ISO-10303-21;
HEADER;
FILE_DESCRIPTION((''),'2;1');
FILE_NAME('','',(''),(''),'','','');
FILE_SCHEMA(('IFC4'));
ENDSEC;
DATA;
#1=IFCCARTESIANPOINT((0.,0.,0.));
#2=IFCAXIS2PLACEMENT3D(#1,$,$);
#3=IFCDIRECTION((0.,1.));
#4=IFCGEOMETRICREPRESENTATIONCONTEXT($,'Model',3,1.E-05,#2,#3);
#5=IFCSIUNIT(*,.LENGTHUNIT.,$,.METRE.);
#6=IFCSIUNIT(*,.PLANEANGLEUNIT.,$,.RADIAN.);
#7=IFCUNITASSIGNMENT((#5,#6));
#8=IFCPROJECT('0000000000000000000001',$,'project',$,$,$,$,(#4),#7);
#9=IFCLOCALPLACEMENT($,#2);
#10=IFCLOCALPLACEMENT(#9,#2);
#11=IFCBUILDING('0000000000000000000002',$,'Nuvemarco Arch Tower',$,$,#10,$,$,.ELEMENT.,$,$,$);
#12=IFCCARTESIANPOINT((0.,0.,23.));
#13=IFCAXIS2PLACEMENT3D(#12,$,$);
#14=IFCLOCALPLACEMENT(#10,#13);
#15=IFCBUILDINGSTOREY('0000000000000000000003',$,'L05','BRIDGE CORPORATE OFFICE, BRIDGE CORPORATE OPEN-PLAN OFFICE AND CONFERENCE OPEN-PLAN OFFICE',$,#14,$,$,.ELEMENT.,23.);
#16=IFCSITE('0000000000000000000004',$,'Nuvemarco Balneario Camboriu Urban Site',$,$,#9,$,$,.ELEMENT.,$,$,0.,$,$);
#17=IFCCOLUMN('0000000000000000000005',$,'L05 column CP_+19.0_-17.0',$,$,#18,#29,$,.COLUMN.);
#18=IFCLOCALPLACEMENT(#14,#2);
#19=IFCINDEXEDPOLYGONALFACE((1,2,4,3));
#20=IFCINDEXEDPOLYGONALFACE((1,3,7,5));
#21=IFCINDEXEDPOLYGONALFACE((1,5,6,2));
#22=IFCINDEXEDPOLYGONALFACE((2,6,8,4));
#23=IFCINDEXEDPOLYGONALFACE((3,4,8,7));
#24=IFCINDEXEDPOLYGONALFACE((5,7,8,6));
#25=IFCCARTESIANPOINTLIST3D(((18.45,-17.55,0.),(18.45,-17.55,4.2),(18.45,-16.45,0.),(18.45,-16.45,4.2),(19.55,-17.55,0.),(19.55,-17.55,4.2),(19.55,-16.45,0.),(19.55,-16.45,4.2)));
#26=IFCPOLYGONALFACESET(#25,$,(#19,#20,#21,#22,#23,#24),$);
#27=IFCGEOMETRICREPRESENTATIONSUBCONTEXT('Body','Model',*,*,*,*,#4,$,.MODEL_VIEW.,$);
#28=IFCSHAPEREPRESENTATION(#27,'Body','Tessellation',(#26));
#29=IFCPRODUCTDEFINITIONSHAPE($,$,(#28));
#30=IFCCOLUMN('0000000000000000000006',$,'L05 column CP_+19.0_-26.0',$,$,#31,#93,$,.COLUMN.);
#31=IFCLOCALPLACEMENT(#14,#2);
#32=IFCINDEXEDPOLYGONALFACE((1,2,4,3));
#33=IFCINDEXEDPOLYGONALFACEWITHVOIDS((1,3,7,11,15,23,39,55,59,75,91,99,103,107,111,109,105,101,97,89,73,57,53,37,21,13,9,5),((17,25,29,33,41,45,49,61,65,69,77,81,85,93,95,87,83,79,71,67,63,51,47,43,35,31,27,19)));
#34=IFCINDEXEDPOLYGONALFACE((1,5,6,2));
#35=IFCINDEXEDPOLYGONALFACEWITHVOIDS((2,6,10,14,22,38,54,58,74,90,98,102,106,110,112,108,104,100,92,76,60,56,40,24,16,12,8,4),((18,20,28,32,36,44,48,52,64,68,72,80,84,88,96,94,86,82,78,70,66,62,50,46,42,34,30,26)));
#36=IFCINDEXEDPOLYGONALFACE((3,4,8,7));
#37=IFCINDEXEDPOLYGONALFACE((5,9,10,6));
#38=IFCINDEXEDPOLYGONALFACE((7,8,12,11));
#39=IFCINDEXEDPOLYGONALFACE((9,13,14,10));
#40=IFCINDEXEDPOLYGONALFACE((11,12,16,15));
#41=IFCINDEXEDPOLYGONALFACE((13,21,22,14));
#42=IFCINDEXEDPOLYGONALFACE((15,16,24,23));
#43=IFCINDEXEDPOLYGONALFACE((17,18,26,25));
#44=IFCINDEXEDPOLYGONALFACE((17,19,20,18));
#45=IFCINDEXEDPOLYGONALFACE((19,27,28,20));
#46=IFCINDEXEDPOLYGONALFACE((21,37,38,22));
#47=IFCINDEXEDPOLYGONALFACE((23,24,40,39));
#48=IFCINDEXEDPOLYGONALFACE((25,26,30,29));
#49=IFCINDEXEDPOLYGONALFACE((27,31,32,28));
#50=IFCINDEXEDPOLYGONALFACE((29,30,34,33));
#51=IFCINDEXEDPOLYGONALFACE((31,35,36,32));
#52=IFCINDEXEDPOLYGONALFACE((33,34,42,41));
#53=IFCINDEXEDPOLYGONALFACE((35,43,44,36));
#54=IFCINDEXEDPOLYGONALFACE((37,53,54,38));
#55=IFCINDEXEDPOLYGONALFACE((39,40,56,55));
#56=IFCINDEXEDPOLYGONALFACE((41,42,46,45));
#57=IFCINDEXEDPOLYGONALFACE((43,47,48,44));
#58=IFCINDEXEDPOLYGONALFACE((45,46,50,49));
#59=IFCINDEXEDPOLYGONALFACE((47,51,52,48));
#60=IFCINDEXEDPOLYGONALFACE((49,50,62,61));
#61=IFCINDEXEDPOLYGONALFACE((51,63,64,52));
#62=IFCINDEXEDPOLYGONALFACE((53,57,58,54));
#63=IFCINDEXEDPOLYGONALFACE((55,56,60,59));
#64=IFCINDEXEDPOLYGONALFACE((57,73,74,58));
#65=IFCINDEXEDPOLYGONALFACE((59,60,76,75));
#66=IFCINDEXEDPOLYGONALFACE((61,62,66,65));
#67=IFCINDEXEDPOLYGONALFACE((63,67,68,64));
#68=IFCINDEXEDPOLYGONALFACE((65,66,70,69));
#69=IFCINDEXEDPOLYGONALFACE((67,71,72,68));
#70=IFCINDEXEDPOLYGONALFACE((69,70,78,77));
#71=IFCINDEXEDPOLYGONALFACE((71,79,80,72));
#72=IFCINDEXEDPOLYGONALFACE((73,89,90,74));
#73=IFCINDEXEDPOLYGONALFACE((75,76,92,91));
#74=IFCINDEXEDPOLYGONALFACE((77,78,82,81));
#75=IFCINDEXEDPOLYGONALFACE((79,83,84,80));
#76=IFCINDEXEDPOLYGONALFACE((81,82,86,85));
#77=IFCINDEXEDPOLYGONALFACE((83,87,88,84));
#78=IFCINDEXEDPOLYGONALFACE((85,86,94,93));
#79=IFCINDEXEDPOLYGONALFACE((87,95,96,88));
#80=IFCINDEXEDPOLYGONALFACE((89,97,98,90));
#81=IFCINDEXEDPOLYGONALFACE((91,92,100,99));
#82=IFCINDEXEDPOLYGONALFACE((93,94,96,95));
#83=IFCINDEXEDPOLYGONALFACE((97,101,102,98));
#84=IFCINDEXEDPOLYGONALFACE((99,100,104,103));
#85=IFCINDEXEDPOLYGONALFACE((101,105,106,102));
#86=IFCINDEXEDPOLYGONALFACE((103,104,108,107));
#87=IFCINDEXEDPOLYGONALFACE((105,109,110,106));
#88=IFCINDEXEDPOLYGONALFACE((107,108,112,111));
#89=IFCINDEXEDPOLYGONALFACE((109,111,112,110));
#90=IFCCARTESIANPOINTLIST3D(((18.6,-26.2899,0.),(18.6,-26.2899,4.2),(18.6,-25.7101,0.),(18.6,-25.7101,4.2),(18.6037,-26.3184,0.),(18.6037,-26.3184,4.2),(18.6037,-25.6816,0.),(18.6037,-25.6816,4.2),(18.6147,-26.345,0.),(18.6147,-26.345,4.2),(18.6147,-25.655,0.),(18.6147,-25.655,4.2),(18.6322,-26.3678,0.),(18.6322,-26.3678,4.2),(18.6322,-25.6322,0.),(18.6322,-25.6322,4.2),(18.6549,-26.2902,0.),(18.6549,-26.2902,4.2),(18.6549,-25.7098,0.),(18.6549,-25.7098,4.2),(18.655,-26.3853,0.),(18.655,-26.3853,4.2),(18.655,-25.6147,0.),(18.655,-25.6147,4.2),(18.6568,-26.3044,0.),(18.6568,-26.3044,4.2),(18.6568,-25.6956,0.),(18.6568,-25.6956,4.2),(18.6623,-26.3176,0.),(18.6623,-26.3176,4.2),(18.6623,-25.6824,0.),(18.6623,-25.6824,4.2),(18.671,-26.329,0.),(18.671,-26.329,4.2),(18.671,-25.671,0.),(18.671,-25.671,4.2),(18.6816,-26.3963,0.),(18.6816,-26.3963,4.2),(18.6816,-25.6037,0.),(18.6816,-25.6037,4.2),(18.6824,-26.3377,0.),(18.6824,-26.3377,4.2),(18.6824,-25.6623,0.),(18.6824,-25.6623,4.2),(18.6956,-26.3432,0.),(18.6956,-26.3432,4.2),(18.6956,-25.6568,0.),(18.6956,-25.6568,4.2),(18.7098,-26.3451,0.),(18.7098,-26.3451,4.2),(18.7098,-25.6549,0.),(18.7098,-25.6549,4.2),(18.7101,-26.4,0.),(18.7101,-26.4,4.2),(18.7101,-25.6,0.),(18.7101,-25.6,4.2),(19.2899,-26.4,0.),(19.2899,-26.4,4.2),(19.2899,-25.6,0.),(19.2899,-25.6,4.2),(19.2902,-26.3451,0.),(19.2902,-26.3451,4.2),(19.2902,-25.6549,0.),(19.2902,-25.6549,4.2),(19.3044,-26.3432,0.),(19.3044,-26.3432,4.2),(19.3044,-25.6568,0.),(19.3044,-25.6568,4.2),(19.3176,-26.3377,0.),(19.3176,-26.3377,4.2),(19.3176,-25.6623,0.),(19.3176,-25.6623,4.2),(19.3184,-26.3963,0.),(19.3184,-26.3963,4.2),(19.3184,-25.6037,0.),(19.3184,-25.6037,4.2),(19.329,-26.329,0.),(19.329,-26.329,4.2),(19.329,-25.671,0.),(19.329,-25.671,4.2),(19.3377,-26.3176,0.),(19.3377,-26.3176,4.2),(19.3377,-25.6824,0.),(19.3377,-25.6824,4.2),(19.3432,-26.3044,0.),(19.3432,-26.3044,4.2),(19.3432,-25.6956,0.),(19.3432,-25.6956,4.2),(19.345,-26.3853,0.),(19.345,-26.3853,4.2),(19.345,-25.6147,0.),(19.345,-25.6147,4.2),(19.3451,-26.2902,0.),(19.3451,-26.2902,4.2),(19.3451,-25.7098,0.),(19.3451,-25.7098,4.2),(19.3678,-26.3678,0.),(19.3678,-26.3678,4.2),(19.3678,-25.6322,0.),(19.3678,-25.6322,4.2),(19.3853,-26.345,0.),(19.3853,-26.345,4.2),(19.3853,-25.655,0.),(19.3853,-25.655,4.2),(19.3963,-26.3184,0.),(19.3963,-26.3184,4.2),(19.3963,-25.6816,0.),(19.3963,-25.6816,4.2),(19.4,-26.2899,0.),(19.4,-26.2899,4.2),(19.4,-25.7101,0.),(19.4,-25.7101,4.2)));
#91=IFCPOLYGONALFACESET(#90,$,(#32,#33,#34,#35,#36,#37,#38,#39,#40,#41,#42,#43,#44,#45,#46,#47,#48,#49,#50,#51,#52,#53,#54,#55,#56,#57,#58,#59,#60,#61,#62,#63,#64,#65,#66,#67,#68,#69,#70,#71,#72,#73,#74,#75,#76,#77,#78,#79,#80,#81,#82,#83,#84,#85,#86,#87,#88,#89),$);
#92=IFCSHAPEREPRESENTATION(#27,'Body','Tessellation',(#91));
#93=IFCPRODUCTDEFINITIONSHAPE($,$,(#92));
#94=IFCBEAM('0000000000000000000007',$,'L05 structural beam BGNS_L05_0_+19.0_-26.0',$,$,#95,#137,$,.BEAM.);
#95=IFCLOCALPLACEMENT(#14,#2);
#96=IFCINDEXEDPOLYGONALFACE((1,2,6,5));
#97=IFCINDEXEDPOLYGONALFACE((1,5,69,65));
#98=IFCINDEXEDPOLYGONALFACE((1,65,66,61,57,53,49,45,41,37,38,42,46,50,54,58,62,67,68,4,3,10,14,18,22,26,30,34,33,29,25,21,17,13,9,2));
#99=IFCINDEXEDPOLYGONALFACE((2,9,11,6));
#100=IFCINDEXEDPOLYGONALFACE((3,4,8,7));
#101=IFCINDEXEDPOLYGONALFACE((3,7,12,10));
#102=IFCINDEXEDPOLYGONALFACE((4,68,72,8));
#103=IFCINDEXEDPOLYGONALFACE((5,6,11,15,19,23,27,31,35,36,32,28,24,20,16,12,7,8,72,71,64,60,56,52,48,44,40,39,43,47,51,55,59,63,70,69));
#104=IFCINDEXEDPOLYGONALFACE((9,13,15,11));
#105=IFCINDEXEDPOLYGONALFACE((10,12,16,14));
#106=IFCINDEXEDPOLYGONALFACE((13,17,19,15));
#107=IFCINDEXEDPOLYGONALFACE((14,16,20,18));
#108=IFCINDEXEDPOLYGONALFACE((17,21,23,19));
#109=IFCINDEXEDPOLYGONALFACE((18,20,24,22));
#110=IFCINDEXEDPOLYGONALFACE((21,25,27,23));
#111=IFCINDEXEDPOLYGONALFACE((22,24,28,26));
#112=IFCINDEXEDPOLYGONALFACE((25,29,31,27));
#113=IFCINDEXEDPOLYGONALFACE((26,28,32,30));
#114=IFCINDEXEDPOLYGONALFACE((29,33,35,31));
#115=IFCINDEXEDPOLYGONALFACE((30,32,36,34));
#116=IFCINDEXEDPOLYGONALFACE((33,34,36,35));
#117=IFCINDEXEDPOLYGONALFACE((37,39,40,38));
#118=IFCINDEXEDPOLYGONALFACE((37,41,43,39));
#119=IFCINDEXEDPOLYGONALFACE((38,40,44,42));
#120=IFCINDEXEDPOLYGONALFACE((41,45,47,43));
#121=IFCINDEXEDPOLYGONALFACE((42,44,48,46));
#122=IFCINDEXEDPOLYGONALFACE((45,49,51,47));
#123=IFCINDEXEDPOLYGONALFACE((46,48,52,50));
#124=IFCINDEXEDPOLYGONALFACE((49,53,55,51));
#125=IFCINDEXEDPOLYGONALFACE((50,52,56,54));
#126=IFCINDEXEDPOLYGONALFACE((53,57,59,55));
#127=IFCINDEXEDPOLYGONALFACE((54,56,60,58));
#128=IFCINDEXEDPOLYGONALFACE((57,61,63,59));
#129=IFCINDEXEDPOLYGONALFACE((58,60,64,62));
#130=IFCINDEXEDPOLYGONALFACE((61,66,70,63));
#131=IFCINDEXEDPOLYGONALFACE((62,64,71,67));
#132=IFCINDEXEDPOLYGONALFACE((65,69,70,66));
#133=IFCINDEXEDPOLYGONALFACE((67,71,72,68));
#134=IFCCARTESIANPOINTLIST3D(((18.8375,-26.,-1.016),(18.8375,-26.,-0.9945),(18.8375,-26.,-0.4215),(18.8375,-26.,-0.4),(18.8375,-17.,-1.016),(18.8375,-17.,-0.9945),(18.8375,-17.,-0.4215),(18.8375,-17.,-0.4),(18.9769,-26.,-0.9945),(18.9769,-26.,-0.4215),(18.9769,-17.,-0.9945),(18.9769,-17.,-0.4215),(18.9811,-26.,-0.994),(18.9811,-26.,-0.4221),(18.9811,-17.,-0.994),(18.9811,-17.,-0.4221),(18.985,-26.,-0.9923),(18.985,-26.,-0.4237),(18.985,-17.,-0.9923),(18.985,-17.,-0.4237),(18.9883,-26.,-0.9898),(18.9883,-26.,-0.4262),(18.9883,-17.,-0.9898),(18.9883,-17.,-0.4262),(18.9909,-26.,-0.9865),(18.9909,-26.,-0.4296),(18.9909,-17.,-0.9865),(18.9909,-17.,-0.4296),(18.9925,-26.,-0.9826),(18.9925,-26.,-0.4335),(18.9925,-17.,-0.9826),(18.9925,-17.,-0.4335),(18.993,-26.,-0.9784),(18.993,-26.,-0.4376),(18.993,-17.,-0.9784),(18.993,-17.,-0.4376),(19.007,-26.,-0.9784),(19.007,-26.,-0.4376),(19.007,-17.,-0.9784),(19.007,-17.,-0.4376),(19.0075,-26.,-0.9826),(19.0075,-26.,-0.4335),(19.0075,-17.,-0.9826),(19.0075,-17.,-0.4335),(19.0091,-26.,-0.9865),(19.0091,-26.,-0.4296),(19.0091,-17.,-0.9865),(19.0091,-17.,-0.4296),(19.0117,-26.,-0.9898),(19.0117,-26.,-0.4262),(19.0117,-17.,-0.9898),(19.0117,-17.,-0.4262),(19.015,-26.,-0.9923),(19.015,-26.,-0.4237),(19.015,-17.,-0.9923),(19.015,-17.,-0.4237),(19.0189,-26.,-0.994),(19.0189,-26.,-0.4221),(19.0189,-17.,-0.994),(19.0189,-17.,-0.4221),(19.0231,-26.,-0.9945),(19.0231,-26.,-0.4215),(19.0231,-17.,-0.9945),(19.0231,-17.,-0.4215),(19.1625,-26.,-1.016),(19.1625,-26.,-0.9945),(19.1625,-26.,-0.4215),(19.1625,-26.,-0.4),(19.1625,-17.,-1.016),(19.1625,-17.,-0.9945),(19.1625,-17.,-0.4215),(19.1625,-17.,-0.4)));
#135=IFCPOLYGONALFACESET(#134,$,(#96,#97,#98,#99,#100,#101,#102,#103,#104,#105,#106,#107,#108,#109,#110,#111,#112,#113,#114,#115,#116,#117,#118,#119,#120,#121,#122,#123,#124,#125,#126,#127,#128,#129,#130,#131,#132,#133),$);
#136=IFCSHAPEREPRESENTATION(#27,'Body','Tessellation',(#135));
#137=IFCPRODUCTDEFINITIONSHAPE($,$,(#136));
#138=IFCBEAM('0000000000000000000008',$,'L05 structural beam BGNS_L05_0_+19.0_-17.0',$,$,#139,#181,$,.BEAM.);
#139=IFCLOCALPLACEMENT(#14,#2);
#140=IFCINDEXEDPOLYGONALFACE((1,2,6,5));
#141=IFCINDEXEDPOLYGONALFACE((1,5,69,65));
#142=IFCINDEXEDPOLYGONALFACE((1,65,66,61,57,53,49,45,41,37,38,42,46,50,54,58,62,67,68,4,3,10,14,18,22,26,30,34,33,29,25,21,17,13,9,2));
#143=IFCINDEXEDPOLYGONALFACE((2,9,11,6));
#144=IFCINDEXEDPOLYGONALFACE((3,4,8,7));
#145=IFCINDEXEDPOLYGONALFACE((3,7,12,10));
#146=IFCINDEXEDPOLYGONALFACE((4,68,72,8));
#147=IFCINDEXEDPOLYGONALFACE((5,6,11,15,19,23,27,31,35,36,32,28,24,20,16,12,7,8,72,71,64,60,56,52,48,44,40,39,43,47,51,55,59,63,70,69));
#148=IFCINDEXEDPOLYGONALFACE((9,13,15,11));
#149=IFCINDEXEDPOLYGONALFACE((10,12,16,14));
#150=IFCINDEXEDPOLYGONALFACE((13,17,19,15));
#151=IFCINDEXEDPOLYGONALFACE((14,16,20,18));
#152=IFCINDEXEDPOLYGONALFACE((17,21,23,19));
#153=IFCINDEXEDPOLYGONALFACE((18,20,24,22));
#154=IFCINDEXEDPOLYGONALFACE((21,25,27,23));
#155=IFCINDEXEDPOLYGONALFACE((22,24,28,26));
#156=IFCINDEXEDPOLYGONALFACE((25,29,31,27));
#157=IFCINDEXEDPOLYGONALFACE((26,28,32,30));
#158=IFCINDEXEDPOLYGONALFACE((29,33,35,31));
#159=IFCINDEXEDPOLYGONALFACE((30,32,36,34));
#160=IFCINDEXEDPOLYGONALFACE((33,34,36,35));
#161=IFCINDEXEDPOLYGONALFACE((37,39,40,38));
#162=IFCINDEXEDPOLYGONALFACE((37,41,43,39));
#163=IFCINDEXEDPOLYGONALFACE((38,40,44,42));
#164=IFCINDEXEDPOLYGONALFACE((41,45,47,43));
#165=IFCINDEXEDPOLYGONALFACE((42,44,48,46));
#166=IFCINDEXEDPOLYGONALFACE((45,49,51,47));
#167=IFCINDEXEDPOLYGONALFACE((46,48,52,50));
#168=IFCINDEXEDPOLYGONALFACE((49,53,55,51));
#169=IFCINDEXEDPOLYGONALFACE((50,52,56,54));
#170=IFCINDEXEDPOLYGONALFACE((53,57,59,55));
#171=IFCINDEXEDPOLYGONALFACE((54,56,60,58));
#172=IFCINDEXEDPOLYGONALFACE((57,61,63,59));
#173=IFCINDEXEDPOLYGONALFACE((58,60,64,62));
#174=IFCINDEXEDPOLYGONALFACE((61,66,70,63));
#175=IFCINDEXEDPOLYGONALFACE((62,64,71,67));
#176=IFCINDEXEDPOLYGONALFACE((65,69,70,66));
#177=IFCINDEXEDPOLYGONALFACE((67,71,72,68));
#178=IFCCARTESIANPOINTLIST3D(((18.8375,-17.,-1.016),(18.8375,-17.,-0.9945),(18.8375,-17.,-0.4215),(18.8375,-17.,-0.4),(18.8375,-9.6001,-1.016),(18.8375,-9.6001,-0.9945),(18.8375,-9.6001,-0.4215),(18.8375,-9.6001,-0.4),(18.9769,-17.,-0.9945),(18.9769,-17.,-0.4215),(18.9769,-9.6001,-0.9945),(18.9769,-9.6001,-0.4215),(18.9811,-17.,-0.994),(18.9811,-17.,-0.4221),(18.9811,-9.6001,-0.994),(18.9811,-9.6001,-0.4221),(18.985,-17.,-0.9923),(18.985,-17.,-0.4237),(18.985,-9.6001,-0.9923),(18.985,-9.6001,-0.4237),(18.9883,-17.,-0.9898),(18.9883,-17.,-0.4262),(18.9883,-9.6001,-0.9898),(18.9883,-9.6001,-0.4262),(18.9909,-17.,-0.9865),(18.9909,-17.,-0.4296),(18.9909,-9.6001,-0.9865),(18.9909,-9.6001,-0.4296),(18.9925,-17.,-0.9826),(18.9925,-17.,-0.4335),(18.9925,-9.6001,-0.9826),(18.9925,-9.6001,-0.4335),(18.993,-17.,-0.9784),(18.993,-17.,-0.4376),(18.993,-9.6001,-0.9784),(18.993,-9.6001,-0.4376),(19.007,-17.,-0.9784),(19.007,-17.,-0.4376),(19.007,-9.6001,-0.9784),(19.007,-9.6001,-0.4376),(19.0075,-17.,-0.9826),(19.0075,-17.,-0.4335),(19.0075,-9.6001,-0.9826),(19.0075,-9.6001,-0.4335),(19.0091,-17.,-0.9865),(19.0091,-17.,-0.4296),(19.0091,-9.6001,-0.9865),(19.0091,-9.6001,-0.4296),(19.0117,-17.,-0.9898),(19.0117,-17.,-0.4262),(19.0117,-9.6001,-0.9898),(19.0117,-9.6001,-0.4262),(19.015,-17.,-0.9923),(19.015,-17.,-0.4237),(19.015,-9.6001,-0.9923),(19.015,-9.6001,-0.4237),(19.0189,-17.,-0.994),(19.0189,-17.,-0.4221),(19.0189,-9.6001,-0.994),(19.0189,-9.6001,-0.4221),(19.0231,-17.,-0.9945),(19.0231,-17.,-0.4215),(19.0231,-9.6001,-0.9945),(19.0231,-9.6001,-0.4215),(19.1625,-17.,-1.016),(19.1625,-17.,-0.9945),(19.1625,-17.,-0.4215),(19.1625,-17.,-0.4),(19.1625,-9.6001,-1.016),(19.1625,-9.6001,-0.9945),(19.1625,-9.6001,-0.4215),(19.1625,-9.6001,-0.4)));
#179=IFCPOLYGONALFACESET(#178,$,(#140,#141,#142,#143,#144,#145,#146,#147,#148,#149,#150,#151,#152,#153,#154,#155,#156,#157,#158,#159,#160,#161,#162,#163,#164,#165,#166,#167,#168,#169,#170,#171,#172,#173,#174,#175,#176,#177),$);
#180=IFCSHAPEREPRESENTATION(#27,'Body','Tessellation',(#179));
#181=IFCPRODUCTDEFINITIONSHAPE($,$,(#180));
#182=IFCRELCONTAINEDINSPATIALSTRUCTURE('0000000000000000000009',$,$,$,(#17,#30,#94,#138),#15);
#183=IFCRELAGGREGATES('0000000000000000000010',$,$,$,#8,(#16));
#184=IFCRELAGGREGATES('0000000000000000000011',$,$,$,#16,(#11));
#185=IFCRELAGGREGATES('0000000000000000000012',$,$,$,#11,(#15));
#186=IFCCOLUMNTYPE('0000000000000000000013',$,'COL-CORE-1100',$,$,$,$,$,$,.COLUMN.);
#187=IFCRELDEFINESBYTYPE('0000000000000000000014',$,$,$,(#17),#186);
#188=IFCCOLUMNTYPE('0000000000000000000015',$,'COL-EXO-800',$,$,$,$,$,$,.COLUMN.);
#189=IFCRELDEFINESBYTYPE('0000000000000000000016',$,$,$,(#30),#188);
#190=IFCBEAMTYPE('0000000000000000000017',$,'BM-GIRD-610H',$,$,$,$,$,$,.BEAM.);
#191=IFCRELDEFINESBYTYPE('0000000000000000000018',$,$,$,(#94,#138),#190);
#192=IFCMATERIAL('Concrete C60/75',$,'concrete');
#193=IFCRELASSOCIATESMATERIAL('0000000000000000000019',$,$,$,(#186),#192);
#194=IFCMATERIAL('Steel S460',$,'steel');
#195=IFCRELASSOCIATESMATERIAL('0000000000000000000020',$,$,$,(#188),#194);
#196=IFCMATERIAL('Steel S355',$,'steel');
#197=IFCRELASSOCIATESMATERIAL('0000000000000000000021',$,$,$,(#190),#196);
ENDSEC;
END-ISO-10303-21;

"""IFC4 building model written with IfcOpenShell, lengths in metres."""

from ifc_helpers import new_model, si_unit, direction, frame, origin, origin_2d, place, context, subcontext, project, spatial, rectangle, hollow_rectangle, i_section, extrude, material, material_profile, profile_set, type_object, element, save


model = new_model("IFC4")

# Units and contexts
model_context = context("Model", 3, precision=1e-05, world=origin(), true_north=direction((0.0, 1.0)))
body_context = subcontext(model_context, "Body", "Model", "MODEL_VIEW")
ifc_project = project(units=[si_unit("LENGTHUNIT", "METRE"), si_unit("PLANEANGLEUNIT", "RADIAN")], contexts=[model_context])

# Site, building, storey
site_placement = place(None, origin())
site = spatial("IfcSite", under=ifc_project, at=site_placement, Name="Nuvemarco Balneario Camboriu Urban Site", CompositionType="ELEMENT", RefElevation=0.0)
building_placement = place(site_placement, origin())
building = spatial("IfcBuilding", under=site, at=building_placement, Name="Nuvemarco Arch Tower", CompositionType="ELEMENT")
storey_placement = place(building_placement, frame((0.0, 0.0, 23.0)))
storey = spatial("IfcBuildingStorey", under=building, at=storey_placement, Name="L05", Description="BRIDGE CORPORATE OFFICE, BRIDGE CORPORATE OPEN-PLAN OFFICE AND CONFERENCE OPEN-PLAN OFFICE", CompositionType="ELEMENT", Elevation=23.0)

# Columns
ifc_material_1 = material(Name="Concrete C60/75", Category="concrete")
ifc_material_profile_1 = material_profile(ifc_material_1, rectangle(XDim=1.1001, YDim=1.1001, at=origin_2d()), Name="RC-COL-1100x1100")
ifc_profile_set_1 = profile_set([ifc_material_profile_1], Name="Concrete C60/75")
column_type_1 = type_object("IfcColumnType", Name="COL-CORE-1100", PredefinedType="COLUMN", material=ifc_profile_set_1)
column_1_placement = place(storey_placement, frame((19.0, -17.0, 0.0), z_axis=(0.0, 0.0, 1.0), x_axis=(1.0, 0.0, 0.0)))
element("IfcColumn", 1, at=column_1_placement, inside=storey, type_object=column_type_1, Name="L05 column CP_+19.0_-17.0", PredefinedType="COLUMN", context=body_context, shape_type="SweptSolid", body=[
    extrude(rectangle(XDim=1.1001, YDim=1.1001, at=origin_2d()), origin(), (0.0, 0.0, 1.0), 4.2),
])
ifc_material_2 = material(Name="Steel S460", Category="steel")
ifc_material_profile_2 = material_profile(ifc_material_2, hollow_rectangle(XDim=0.8, YDim=0.8, WallThickness=0.0549, InnerFilletRadius=0.0549, OuterFilletRadius=0.1101, at=origin_2d()), Name="SHS800x800x55")
ifc_profile_set_2 = profile_set([ifc_material_profile_2], Name="Steel S460")
column_type_2 = type_object("IfcColumnType", Name="COL-EXO-800", PredefinedType="COLUMN", material=ifc_profile_set_2)
column_2_placement = place(storey_placement, frame((19.0, -26.0, 0.0), z_axis=(0.0, 0.0, 1.0), x_axis=(1.0, 0.0, 0.0)))
element("IfcColumn", 2, at=column_2_placement, inside=storey, type_object=column_type_2, Name="L05 column CP_+19.0_-26.0", PredefinedType="COLUMN", context=body_context, shape_type="SweptSolid", body=[
    extrude(hollow_rectangle(XDim=0.8, YDim=0.8, WallThickness=0.0549, InnerFilletRadius=0.0549, OuterFilletRadius=0.1101, at=origin_2d()), origin(), (0.0, 0.0, 1.0), 4.2),
])

# Beams
ifc_material_3 = material(Name="Steel S355", Category="steel")
ifc_material_profile_3 = material_profile(ifc_material_3, i_section(OverallWidth=0.325, OverallDepth=0.616, WebThickness=0.0139, FlangeThickness=0.0215, FilletRadius=0.0161, at=origin_2d()), Name="W610x174")
ifc_profile_set_3 = profile_set([ifc_material_profile_3], Name="Steel S355")
beam_type_1 = type_object("IfcBeamType", Name="BM-GIRD-610H", PredefinedType="BEAM", material=ifc_profile_set_3)
beam_1_placement = place(storey_placement, frame((19.0, -26.0, -0.708), z_axis=(0.0, 1.0, 0.0), x_axis=(-1.0, 0.0, 0.0)))
element("IfcBeam", 3, at=beam_1_placement, inside=storey, type_object=beam_type_1, Name="L05 structural beam BGNS_L05_0_+19.0_-26.0", PredefinedType="BEAM", context=body_context, shape_type="SweptSolid", body=[
    extrude(i_section(OverallWidth=0.325, OverallDepth=0.616, WebThickness=0.0139, FlangeThickness=0.0215, FilletRadius=0.0161, at=origin_2d()), origin(), (0.0, 0.0, 1.0), 9.0),
])
beam_2_placement = place(storey_placement, frame((19.0, -17.0, -0.708), z_axis=(0.0, 1.0, 0.0), x_axis=(-1.0, 0.0, 0.0)))
element("IfcBeam", 4, at=beam_2_placement, inside=storey, type_object=beam_type_1, Name="L05 structural beam BGNS_L05_0_+19.0_-17.0", PredefinedType="BEAM", context=body_context, shape_type="SweptSolid", body=[
    extrude(i_section(OverallWidth=0.325, OverallDepth=0.616, WebThickness=0.0139, FlangeThickness=0.0215, FilletRadius=0.0161, at=origin_2d()), origin(), (0.0, 0.0, 1.0), 7.3999),
])

save(model, "model.ifc")
